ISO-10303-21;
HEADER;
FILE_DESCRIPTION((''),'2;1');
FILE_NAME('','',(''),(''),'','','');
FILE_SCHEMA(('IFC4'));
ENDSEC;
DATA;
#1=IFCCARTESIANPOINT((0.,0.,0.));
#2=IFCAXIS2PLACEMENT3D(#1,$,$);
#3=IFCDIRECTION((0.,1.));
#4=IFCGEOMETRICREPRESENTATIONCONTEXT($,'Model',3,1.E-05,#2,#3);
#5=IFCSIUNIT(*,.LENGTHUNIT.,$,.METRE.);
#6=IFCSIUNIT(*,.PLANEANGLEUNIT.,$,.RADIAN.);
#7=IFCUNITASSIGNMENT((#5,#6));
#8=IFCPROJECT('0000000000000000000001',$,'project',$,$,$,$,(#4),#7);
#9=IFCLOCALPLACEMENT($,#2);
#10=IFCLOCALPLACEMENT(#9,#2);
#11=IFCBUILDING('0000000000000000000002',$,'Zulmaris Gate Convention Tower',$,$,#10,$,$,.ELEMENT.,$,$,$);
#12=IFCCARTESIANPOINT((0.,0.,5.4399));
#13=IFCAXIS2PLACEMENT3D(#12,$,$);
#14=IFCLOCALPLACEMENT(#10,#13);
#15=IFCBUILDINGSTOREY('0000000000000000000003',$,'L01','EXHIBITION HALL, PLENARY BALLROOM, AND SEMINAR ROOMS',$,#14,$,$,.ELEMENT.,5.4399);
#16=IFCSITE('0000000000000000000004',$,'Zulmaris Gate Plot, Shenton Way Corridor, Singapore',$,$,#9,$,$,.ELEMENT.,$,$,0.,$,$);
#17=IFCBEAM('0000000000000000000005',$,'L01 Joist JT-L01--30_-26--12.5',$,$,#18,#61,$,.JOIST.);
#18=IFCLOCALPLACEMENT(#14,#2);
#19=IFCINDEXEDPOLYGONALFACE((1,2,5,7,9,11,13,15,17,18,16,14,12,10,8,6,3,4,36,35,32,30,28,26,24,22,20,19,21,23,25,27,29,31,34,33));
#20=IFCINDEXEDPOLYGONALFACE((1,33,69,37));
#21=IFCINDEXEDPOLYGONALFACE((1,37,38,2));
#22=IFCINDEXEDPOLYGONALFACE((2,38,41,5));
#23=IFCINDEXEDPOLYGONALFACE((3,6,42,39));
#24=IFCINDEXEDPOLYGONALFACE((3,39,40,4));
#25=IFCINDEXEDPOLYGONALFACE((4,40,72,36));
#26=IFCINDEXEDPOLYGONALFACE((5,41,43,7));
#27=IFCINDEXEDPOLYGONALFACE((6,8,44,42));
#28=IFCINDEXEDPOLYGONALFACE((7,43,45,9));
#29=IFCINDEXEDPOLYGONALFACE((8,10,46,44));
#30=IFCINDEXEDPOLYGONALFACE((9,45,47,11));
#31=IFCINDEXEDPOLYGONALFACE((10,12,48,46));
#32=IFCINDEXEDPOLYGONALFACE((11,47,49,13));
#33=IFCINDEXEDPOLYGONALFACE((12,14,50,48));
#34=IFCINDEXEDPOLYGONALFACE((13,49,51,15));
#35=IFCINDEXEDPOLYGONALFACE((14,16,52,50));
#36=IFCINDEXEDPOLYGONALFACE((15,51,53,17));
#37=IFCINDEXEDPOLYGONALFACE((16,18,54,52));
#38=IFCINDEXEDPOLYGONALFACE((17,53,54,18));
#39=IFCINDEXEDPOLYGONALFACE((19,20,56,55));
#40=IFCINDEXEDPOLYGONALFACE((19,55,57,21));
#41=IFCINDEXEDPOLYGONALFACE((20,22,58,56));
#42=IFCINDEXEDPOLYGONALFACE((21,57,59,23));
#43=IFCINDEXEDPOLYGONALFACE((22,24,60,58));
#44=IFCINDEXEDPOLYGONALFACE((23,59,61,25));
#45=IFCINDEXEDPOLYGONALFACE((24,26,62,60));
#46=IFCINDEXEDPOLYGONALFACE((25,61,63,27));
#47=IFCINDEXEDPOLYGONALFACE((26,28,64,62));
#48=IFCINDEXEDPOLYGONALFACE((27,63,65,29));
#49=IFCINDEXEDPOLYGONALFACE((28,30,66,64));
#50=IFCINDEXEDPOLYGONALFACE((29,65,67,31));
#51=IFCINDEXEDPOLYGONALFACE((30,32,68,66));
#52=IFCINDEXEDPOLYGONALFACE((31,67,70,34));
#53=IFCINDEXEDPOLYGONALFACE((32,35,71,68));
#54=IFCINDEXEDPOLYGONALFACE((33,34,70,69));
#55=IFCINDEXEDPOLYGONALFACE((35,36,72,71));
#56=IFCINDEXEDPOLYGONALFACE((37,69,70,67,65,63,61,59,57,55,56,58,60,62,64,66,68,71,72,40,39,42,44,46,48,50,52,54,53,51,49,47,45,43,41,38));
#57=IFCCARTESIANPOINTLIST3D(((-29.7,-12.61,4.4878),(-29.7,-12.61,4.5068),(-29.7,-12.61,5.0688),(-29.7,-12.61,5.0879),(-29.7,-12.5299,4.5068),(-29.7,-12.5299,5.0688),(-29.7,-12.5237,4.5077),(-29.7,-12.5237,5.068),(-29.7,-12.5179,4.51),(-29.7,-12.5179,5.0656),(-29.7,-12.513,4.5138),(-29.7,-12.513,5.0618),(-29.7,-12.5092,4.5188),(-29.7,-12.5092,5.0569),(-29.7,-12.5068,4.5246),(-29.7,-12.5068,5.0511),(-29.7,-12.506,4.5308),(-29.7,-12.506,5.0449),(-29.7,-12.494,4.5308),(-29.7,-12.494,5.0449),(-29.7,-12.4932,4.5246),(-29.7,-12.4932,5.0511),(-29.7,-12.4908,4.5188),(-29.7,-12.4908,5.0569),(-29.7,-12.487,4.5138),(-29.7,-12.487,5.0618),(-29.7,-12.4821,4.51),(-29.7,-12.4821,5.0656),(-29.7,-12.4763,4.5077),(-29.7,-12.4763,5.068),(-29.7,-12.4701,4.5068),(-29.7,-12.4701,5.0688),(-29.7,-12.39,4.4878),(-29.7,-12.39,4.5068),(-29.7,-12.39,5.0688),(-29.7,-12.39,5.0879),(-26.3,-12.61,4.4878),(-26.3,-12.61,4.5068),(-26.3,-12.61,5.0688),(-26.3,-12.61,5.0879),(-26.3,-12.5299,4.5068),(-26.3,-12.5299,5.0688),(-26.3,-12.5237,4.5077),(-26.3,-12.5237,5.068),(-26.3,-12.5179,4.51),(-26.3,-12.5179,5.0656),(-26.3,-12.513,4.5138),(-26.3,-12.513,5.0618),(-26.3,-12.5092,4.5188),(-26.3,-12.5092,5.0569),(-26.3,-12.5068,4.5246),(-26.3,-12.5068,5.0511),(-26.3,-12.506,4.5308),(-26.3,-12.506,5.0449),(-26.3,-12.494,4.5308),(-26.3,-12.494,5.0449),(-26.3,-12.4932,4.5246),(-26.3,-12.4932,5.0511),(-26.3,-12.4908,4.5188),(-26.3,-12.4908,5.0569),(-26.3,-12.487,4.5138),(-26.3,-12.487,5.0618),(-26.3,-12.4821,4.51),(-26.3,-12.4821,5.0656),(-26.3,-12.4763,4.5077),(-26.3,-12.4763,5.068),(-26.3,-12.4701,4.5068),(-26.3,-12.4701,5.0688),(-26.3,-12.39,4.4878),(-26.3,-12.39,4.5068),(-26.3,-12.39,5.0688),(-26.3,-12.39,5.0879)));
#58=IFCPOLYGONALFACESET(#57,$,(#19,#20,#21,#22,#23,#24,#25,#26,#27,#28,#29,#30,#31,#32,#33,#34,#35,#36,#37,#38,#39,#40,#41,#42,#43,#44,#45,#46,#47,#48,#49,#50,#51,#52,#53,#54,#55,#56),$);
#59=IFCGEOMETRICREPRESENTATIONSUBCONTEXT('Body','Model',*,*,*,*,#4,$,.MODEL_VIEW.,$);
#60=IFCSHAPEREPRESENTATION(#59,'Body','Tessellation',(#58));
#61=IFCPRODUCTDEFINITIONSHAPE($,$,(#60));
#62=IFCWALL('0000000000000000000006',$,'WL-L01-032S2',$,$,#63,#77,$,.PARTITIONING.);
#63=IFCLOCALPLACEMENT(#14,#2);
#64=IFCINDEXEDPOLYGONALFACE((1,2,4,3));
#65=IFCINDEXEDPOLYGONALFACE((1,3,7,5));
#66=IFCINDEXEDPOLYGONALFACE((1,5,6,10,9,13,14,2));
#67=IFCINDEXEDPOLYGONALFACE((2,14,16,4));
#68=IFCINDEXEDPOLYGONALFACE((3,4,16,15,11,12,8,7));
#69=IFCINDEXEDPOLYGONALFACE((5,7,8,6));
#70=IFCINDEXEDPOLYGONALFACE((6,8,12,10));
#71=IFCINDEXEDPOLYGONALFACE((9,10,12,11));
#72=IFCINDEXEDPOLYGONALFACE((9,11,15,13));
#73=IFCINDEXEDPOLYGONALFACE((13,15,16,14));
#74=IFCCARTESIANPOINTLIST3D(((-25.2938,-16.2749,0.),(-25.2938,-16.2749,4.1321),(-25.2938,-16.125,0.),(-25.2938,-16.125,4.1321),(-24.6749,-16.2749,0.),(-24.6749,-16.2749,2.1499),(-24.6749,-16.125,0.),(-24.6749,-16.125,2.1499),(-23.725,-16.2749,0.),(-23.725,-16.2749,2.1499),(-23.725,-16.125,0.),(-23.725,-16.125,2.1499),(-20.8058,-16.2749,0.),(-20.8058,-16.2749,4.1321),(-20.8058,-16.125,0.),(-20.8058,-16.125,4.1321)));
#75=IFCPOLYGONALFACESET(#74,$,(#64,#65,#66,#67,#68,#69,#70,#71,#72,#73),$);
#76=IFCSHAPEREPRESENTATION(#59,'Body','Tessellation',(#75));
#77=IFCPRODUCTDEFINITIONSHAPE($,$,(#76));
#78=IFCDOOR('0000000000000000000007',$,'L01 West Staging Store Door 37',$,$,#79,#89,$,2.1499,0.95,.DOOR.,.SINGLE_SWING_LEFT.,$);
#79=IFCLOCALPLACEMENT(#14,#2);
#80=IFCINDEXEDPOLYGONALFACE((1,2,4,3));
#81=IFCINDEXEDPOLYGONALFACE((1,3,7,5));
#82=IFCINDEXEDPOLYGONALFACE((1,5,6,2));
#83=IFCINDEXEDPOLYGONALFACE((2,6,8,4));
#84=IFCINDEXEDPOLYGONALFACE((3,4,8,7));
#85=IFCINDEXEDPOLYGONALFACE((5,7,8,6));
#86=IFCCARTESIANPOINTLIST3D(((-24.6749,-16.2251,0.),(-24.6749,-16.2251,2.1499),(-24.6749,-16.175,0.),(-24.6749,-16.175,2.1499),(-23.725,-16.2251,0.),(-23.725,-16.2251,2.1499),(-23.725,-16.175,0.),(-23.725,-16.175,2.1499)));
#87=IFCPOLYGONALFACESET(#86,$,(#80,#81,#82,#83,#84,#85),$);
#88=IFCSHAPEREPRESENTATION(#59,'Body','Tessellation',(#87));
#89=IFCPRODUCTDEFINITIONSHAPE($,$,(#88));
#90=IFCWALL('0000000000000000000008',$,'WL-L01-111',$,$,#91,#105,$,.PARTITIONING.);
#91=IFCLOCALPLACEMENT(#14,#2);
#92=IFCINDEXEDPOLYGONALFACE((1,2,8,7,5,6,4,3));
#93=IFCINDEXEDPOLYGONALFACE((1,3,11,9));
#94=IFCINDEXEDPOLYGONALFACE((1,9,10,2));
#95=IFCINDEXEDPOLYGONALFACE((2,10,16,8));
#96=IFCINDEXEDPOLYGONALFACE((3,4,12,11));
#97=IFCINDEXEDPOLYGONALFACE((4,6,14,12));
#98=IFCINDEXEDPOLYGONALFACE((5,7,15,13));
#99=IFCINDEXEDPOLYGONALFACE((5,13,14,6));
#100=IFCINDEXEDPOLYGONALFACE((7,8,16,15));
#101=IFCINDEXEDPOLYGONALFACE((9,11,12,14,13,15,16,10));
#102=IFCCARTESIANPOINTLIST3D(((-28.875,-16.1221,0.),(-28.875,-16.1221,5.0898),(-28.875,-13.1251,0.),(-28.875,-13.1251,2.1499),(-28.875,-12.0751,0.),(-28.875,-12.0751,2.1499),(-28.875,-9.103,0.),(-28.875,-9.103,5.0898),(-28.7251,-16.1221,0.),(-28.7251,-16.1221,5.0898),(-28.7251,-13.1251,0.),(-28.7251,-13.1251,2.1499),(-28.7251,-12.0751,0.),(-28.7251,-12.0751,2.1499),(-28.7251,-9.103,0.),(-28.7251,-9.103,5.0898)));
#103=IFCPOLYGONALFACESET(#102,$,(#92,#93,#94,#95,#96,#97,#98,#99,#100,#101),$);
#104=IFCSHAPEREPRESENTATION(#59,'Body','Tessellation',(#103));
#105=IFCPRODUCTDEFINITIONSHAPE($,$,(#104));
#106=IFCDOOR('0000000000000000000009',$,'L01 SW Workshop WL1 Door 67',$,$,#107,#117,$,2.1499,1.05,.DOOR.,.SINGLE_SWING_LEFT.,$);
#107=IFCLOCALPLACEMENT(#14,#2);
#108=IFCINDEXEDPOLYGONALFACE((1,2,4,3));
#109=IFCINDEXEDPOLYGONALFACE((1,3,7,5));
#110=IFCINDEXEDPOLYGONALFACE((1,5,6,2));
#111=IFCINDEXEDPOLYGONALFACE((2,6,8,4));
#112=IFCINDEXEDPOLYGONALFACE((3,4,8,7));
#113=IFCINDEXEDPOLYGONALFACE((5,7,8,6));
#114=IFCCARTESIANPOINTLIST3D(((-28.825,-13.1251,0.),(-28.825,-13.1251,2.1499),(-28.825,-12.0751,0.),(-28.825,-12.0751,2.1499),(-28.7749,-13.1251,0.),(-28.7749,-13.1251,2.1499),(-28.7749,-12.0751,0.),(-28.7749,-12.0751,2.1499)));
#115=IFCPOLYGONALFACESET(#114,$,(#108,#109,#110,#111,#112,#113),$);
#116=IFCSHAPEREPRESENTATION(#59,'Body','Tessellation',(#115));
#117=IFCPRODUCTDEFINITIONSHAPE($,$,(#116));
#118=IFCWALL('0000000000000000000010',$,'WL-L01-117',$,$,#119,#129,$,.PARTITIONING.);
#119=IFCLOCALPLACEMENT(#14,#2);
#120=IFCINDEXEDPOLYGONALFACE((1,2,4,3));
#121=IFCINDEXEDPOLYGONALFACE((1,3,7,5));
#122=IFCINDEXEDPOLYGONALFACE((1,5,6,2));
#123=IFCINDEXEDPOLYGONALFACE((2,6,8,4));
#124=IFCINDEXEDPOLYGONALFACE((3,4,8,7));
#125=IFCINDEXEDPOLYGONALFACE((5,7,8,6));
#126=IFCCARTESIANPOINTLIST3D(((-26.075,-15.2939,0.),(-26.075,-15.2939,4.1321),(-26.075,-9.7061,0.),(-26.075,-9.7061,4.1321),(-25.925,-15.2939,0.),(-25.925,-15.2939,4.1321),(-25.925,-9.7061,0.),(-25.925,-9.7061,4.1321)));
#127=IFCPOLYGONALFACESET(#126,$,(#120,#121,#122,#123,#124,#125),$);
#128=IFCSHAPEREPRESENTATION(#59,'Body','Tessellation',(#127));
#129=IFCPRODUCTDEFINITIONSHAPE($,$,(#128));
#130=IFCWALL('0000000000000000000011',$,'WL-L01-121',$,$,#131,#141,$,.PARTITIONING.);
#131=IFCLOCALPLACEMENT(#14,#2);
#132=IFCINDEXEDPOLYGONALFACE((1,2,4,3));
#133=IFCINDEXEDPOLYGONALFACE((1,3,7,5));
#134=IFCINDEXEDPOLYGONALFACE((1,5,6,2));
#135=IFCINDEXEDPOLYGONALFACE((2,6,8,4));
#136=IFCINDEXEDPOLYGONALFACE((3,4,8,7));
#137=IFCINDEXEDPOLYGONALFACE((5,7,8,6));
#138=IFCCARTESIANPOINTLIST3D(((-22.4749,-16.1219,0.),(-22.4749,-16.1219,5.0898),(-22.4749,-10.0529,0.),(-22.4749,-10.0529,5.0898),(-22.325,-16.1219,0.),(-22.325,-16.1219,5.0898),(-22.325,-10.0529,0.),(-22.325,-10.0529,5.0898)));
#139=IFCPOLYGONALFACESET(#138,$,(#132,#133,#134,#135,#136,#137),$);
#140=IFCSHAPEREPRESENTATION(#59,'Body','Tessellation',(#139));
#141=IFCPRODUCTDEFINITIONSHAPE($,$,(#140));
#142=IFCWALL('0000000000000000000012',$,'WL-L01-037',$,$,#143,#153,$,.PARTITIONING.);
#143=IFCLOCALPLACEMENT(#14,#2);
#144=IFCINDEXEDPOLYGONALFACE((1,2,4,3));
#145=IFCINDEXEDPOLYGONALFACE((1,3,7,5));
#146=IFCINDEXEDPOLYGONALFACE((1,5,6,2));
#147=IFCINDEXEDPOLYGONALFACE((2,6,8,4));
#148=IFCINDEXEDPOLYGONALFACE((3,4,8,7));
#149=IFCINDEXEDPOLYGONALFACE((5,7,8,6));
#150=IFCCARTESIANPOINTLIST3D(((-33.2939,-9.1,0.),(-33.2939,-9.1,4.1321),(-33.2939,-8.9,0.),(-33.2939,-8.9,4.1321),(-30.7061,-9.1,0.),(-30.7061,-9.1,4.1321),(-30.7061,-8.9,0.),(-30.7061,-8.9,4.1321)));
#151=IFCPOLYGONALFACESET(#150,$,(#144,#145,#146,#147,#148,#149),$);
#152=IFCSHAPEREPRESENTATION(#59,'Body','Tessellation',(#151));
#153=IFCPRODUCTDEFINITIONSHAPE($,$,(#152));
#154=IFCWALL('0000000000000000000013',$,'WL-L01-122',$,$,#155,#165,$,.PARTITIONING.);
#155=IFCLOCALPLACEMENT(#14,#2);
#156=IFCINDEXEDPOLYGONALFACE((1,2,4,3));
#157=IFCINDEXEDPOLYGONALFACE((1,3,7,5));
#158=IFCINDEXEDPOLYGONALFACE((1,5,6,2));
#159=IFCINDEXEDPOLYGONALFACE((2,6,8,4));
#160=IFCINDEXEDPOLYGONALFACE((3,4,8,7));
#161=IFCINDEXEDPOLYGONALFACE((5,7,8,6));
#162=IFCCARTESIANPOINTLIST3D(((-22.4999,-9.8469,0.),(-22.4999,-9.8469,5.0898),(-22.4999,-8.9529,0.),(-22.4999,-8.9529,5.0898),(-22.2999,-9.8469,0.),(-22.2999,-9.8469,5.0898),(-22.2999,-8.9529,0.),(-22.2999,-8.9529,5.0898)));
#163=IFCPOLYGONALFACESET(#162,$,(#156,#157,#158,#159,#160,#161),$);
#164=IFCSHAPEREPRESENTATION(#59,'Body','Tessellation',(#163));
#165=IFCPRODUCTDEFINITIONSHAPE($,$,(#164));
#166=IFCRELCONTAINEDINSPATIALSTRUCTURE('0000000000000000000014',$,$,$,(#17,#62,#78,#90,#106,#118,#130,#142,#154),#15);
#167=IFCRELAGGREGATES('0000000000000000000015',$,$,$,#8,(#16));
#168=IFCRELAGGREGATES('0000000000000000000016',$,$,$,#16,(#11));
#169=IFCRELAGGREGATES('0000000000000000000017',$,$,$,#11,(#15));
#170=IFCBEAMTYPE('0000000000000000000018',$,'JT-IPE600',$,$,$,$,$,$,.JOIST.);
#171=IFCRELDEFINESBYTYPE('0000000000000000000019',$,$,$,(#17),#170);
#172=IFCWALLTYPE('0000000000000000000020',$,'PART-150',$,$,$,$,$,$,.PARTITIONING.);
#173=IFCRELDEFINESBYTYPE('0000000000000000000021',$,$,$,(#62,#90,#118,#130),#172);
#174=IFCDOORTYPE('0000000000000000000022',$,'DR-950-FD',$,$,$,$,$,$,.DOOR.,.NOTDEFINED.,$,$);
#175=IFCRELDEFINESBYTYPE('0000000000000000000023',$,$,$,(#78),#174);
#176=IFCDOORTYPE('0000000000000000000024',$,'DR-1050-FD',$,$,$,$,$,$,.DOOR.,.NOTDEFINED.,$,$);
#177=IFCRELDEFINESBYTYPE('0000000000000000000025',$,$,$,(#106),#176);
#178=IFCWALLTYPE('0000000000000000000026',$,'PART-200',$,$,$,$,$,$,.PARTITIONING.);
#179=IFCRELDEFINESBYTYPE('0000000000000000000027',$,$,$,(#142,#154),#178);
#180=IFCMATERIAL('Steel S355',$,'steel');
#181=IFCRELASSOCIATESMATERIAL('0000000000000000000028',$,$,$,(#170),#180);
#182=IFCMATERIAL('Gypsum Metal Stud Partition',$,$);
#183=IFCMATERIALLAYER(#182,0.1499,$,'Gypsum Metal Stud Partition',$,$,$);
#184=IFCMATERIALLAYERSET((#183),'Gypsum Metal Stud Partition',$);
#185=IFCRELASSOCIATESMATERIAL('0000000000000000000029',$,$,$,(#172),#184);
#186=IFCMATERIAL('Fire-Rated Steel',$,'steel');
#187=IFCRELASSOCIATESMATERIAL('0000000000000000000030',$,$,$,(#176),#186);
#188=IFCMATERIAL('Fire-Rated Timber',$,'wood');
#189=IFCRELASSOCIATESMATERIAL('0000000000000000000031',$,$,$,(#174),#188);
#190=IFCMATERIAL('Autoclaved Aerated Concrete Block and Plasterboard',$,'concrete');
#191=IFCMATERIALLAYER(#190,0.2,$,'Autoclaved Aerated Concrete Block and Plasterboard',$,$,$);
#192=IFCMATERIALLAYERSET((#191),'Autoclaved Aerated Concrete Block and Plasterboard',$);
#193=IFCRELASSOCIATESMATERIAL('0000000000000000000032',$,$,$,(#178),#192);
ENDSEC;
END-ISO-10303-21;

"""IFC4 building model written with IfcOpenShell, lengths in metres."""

from ifc_helpers import new_model, si_unit, direction, frame, frame_2d, origin, origin_2d, place, context, subcontext, project, spatial, rectangle, i_section, extrude, material, layer, layer_set, material_profile, profile_set, type_object, element, fill, save


model = new_model("IFC4")

# Units and contexts
model_context = context("Model", 3, precision=1e-05, world=origin(), true_north=direction((0.0, 1.0)))
body_context = subcontext(model_context, "Body", "Model", "MODEL_VIEW")
ifc_project = project(units=[si_unit("LENGTHUNIT", "METRE"), si_unit("PLANEANGLEUNIT", "RADIAN")], contexts=[model_context])

# Site, building, storey
site_placement = place(None, origin())
site = spatial("IfcSite", under=ifc_project, at=site_placement, Name="Zulmaris Gate Plot, Shenton Way Corridor, Singapore", CompositionType="ELEMENT", RefElevation=0.0)
building_placement = place(site_placement, origin())
building = spatial("IfcBuilding", under=site, at=building_placement, Name="Zulmaris Gate Convention Tower", CompositionType="ELEMENT")
storey_placement = place(building_placement, frame((0.0, 0.0, 5.4399)))
storey = spatial("IfcBuildingStorey", under=building, at=storey_placement, Name="L01", Description="EXHIBITION HALL, PLENARY BALLROOM, AND SEMINAR ROOMS", CompositionType="ELEMENT", Elevation=5.4399)

# Beam
ifc_material_1 = material(Name="Steel S355", Category="steel")
ifc_material_profile_1 = material_profile(ifc_material_1, i_section(OverallWidth=0.22, OverallDepth=0.6001, WebThickness=0.012, FlangeThickness=0.019, FilletRadius=0.0239, at=origin_2d()), Name="IPE 600")
ifc_profile_set_1 = profile_set([ifc_material_profile_1], Name="Steel S355")
beam_type_1 = type_object("IfcBeamType", Name="JT-IPE600", PredefinedType="JOIST", material=ifc_profile_set_1)
beam_1_placement = place(storey_placement, frame((-29.7, -12.5, 4.7878), z_axis=(1.0, 0.0, 0.0), x_axis=(0.0, 1.0, 0.0)))
element("IfcBeam", 1, at=beam_1_placement, inside=storey, type_object=beam_type_1, Name="L01 Joist JT-L01--30_-26--12.5", PredefinedType="JOIST", context=body_context, shape_type="SweptSolid", body=[
    extrude(i_section(OverallWidth=0.22, OverallDepth=0.6001, WebThickness=0.012, FlangeThickness=0.019, FilletRadius=0.0239, at=origin_2d()), origin(), (0.0, 0.0, 1.0), 3.3999),
])

# Walls, openings, doors
ifc_material_2 = material(Name="Gypsum Metal Stud Partition")
ifc_layer_1 = layer(ifc_material_2, 0.1499, Name="Gypsum Metal Stud Partition")
ifc_layer_set_1 = layer_set([ifc_layer_1], Name="Gypsum Metal Stud Partition")
wall_type_1 = type_object("IfcWallType", Name="PART-150", PredefinedType="PARTITIONING", material=ifc_layer_set_1)
ifc_material_3 = material(Name="Fire-Rated Steel", Category="steel")
door_type_1 = type_object("IfcDoorType", Name="DR-1050-FD", OperationType="NOTDEFINED", PredefinedType="DOOR", material=ifc_material_3)
wall_1_placement = place(storey_placement, frame((-25.2939, -16.2, 0.0), z_axis=(0.0, 0.0, 1.0), x_axis=(1.0, 0.0, 0.0)))
wall_1 = element("IfcWall", 2, at=wall_1_placement, inside=storey, type_object=wall_type_1, Name="WL-L01-032S2", PredefinedType="PARTITIONING", context=body_context, shape_type="SweptSolid", body=[
    extrude(rectangle(XDim=4.488, YDim=0.1499, at=frame_2d((2.2441, 0.0))), origin(), (0.0, 0.0, 1.0), 4.1321),
])
opening_1_placement = place(wall_1_placement, frame((0.6189, 0.0, 0.0)))
opening_1 = element("IfcOpeningElement", 3, at=opening_1_placement, cuts=wall_1, PredefinedType="OPENING", context=body_context, shape_type="SweptSolid", body=[
    extrude(rectangle(XDim=0.95, YDim=2.1499, at=frame_2d((0.4751, 1.075))), frame((0.0, 0.085, 0.0), z_axis=(0.0, -1.0, 0.0), x_axis=(1.0, 0.0, 0.0)), (0.0, 0.0, 1.0), 0.1699),
])
ifc_material_4 = material(Name="Fire-Rated Timber", Category="wood")
door_type_2 = type_object("IfcDoorType", Name="DR-950-FD", OperationType="NOTDEFINED", PredefinedType="DOOR", material=ifc_material_4)
door_1_placement = place(opening_1_placement, origin())
door_1 = element("IfcDoor", 4, at=door_1_placement, inside=storey, type_object=door_type_2, Name="L01 West Staging Store Door 37", OperationType="SINGLE_SWING_LEFT", OverallHeight=2.1499, OverallWidth=0.95, PredefinedType="DOOR", context=body_context, shape_type="SweptSolid", body=[
    extrude(rectangle(XDim=0.95, YDim=2.1499, at=frame_2d((0.4751, 1.075))), frame((0.0, 0.0249, 0.0), z_axis=(0.0, -1.0, 0.0), x_axis=(1.0, 0.0, 0.0)), (0.0, 0.0, 1.0), 0.05),
])
fill(opening_1, door_1)
wall_2_placement = place(storey_placement, frame((-28.8, -16.1221, 0.0), z_axis=(0.0, 0.0, 1.0), x_axis=(0.0, 1.0, 0.0)))
wall_2 = element("IfcWall", 5, at=wall_2_placement, inside=storey, type_object=wall_type_1, Name="WL-L01-111", PredefinedType="PARTITIONING", context=body_context, shape_type="SweptSolid", body=[
    extrude(rectangle(XDim=7.019, YDim=0.1499, at=frame_2d((3.5095, 0.0))), origin(), (0.0, 0.0, 1.0), 5.0898),
])
opening_2_placement = place(wall_2_placement, frame((2.9971, 0.0, 0.0)))
opening_2 = element("IfcOpeningElement", 6, at=opening_2_placement, cuts=wall_2, PredefinedType="OPENING", context=body_context, shape_type="SweptSolid", body=[
    extrude(rectangle(XDim=1.05, YDim=2.1499, at=frame_2d((0.5249, 1.075))), frame((0.0, 0.085, 0.0), z_axis=(0.0, -1.0, 0.0), x_axis=(1.0, 0.0, 0.0)), (0.0, 0.0, 1.0), 0.1699),
])
door_2_placement = place(opening_2_placement, origin())
door_2 = element("IfcDoor", 7, at=door_2_placement, inside=storey, type_object=door_type_1, Name="L01 SW Workshop WL1 Door 67", OperationType="SINGLE_SWING_LEFT", OverallHeight=2.1499, OverallWidth=1.05, PredefinedType="DOOR", context=body_context, shape_type="SweptSolid", body=[
    extrude(rectangle(XDim=1.05, YDim=2.1499, at=frame_2d((0.5249, 1.075))), frame((0.0, 0.0249, 0.0), z_axis=(0.0, -1.0, 0.0), x_axis=(1.0, 0.0, 0.0)), (0.0, 0.0, 1.0), 0.05),
])
fill(opening_2, door_2)

# Walls
wall_3_placement = place(storey_placement, frame((-26.0, -15.2939, 0.0), z_axis=(0.0, 0.0, 1.0), x_axis=(0.0, 1.0, 0.0)))
element("IfcWall", 8, at=wall_3_placement, inside=storey, type_object=wall_type_1, Name="WL-L01-117", PredefinedType="PARTITIONING", context=body_context, shape_type="SweptSolid", body=[
    extrude(rectangle(XDim=5.5879, YDim=0.1499, at=frame_2d((2.7939, 0.0))), origin(), (0.0, 0.0, 1.0), 4.1321),
])
wall_4_placement = place(storey_placement, frame((-22.3999, -16.1221, 0.0), z_axis=(0.0, 0.0, 1.0), x_axis=(0.0, 1.0, 0.0)))
element("IfcWall", 9, at=wall_4_placement, inside=storey, type_object=wall_type_1, Name="WL-L01-121", PredefinedType="PARTITIONING", context=body_context, shape_type="SweptSolid", body=[
    extrude(rectangle(XDim=6.0691, YDim=0.1499, at=frame_2d((3.0347, 0.0))), origin(), (0.0, 0.0, 1.0), 5.0898),
])

# Shared definitions
ifc_material_5 = material(Name="Autoclaved Aerated Concrete Block and Plasterboard", Category="concrete")
ifc_layer_2 = layer(ifc_material_5, 0.2, Name="Autoclaved Aerated Concrete Block and Plasterboard")
ifc_layer_set_2 = layer_set([ifc_layer_2], Name="Autoclaved Aerated Concrete Block and Plasterboard")
wall_type_2 = type_object("IfcWallType", Name="PART-200", PredefinedType="PARTITIONING", material=ifc_layer_set_2)

# Walls
wall_5_placement = place(storey_placement, frame((-33.2939, -9.0, 0.0), z_axis=(0.0, 0.0, 1.0), x_axis=(1.0, 0.0, 0.0)))
element("IfcWall", 10, at=wall_5_placement, inside=storey, type_object=wall_type_2, Name="WL-L01-037", PredefinedType="PARTITIONING", context=body_context, shape_type="SweptSolid", body=[
    extrude(rectangle(XDim=2.5879, YDim=0.2, at=frame_2d((1.2939, 0.0))), origin(), (0.0, 0.0, 1.0), 4.1321),
])
wall_6_placement = place(storey_placement, frame((-22.3999, -9.8469, 0.0), z_axis=(0.0, 0.0, 1.0), x_axis=(0.0, 1.0, 0.0)))
element("IfcWall", 11, at=wall_6_placement, inside=storey, type_object=wall_type_2, Name="WL-L01-122", PredefinedType="PARTITIONING", context=body_context, shape_type="SweptSolid", body=[
    extrude(rectangle(XDim=0.894, YDim=0.2, at=frame_2d((0.447, 0.0))), origin(), (0.0, 0.0, 1.0), 5.0898),
])

save(model, "model.ifc")
